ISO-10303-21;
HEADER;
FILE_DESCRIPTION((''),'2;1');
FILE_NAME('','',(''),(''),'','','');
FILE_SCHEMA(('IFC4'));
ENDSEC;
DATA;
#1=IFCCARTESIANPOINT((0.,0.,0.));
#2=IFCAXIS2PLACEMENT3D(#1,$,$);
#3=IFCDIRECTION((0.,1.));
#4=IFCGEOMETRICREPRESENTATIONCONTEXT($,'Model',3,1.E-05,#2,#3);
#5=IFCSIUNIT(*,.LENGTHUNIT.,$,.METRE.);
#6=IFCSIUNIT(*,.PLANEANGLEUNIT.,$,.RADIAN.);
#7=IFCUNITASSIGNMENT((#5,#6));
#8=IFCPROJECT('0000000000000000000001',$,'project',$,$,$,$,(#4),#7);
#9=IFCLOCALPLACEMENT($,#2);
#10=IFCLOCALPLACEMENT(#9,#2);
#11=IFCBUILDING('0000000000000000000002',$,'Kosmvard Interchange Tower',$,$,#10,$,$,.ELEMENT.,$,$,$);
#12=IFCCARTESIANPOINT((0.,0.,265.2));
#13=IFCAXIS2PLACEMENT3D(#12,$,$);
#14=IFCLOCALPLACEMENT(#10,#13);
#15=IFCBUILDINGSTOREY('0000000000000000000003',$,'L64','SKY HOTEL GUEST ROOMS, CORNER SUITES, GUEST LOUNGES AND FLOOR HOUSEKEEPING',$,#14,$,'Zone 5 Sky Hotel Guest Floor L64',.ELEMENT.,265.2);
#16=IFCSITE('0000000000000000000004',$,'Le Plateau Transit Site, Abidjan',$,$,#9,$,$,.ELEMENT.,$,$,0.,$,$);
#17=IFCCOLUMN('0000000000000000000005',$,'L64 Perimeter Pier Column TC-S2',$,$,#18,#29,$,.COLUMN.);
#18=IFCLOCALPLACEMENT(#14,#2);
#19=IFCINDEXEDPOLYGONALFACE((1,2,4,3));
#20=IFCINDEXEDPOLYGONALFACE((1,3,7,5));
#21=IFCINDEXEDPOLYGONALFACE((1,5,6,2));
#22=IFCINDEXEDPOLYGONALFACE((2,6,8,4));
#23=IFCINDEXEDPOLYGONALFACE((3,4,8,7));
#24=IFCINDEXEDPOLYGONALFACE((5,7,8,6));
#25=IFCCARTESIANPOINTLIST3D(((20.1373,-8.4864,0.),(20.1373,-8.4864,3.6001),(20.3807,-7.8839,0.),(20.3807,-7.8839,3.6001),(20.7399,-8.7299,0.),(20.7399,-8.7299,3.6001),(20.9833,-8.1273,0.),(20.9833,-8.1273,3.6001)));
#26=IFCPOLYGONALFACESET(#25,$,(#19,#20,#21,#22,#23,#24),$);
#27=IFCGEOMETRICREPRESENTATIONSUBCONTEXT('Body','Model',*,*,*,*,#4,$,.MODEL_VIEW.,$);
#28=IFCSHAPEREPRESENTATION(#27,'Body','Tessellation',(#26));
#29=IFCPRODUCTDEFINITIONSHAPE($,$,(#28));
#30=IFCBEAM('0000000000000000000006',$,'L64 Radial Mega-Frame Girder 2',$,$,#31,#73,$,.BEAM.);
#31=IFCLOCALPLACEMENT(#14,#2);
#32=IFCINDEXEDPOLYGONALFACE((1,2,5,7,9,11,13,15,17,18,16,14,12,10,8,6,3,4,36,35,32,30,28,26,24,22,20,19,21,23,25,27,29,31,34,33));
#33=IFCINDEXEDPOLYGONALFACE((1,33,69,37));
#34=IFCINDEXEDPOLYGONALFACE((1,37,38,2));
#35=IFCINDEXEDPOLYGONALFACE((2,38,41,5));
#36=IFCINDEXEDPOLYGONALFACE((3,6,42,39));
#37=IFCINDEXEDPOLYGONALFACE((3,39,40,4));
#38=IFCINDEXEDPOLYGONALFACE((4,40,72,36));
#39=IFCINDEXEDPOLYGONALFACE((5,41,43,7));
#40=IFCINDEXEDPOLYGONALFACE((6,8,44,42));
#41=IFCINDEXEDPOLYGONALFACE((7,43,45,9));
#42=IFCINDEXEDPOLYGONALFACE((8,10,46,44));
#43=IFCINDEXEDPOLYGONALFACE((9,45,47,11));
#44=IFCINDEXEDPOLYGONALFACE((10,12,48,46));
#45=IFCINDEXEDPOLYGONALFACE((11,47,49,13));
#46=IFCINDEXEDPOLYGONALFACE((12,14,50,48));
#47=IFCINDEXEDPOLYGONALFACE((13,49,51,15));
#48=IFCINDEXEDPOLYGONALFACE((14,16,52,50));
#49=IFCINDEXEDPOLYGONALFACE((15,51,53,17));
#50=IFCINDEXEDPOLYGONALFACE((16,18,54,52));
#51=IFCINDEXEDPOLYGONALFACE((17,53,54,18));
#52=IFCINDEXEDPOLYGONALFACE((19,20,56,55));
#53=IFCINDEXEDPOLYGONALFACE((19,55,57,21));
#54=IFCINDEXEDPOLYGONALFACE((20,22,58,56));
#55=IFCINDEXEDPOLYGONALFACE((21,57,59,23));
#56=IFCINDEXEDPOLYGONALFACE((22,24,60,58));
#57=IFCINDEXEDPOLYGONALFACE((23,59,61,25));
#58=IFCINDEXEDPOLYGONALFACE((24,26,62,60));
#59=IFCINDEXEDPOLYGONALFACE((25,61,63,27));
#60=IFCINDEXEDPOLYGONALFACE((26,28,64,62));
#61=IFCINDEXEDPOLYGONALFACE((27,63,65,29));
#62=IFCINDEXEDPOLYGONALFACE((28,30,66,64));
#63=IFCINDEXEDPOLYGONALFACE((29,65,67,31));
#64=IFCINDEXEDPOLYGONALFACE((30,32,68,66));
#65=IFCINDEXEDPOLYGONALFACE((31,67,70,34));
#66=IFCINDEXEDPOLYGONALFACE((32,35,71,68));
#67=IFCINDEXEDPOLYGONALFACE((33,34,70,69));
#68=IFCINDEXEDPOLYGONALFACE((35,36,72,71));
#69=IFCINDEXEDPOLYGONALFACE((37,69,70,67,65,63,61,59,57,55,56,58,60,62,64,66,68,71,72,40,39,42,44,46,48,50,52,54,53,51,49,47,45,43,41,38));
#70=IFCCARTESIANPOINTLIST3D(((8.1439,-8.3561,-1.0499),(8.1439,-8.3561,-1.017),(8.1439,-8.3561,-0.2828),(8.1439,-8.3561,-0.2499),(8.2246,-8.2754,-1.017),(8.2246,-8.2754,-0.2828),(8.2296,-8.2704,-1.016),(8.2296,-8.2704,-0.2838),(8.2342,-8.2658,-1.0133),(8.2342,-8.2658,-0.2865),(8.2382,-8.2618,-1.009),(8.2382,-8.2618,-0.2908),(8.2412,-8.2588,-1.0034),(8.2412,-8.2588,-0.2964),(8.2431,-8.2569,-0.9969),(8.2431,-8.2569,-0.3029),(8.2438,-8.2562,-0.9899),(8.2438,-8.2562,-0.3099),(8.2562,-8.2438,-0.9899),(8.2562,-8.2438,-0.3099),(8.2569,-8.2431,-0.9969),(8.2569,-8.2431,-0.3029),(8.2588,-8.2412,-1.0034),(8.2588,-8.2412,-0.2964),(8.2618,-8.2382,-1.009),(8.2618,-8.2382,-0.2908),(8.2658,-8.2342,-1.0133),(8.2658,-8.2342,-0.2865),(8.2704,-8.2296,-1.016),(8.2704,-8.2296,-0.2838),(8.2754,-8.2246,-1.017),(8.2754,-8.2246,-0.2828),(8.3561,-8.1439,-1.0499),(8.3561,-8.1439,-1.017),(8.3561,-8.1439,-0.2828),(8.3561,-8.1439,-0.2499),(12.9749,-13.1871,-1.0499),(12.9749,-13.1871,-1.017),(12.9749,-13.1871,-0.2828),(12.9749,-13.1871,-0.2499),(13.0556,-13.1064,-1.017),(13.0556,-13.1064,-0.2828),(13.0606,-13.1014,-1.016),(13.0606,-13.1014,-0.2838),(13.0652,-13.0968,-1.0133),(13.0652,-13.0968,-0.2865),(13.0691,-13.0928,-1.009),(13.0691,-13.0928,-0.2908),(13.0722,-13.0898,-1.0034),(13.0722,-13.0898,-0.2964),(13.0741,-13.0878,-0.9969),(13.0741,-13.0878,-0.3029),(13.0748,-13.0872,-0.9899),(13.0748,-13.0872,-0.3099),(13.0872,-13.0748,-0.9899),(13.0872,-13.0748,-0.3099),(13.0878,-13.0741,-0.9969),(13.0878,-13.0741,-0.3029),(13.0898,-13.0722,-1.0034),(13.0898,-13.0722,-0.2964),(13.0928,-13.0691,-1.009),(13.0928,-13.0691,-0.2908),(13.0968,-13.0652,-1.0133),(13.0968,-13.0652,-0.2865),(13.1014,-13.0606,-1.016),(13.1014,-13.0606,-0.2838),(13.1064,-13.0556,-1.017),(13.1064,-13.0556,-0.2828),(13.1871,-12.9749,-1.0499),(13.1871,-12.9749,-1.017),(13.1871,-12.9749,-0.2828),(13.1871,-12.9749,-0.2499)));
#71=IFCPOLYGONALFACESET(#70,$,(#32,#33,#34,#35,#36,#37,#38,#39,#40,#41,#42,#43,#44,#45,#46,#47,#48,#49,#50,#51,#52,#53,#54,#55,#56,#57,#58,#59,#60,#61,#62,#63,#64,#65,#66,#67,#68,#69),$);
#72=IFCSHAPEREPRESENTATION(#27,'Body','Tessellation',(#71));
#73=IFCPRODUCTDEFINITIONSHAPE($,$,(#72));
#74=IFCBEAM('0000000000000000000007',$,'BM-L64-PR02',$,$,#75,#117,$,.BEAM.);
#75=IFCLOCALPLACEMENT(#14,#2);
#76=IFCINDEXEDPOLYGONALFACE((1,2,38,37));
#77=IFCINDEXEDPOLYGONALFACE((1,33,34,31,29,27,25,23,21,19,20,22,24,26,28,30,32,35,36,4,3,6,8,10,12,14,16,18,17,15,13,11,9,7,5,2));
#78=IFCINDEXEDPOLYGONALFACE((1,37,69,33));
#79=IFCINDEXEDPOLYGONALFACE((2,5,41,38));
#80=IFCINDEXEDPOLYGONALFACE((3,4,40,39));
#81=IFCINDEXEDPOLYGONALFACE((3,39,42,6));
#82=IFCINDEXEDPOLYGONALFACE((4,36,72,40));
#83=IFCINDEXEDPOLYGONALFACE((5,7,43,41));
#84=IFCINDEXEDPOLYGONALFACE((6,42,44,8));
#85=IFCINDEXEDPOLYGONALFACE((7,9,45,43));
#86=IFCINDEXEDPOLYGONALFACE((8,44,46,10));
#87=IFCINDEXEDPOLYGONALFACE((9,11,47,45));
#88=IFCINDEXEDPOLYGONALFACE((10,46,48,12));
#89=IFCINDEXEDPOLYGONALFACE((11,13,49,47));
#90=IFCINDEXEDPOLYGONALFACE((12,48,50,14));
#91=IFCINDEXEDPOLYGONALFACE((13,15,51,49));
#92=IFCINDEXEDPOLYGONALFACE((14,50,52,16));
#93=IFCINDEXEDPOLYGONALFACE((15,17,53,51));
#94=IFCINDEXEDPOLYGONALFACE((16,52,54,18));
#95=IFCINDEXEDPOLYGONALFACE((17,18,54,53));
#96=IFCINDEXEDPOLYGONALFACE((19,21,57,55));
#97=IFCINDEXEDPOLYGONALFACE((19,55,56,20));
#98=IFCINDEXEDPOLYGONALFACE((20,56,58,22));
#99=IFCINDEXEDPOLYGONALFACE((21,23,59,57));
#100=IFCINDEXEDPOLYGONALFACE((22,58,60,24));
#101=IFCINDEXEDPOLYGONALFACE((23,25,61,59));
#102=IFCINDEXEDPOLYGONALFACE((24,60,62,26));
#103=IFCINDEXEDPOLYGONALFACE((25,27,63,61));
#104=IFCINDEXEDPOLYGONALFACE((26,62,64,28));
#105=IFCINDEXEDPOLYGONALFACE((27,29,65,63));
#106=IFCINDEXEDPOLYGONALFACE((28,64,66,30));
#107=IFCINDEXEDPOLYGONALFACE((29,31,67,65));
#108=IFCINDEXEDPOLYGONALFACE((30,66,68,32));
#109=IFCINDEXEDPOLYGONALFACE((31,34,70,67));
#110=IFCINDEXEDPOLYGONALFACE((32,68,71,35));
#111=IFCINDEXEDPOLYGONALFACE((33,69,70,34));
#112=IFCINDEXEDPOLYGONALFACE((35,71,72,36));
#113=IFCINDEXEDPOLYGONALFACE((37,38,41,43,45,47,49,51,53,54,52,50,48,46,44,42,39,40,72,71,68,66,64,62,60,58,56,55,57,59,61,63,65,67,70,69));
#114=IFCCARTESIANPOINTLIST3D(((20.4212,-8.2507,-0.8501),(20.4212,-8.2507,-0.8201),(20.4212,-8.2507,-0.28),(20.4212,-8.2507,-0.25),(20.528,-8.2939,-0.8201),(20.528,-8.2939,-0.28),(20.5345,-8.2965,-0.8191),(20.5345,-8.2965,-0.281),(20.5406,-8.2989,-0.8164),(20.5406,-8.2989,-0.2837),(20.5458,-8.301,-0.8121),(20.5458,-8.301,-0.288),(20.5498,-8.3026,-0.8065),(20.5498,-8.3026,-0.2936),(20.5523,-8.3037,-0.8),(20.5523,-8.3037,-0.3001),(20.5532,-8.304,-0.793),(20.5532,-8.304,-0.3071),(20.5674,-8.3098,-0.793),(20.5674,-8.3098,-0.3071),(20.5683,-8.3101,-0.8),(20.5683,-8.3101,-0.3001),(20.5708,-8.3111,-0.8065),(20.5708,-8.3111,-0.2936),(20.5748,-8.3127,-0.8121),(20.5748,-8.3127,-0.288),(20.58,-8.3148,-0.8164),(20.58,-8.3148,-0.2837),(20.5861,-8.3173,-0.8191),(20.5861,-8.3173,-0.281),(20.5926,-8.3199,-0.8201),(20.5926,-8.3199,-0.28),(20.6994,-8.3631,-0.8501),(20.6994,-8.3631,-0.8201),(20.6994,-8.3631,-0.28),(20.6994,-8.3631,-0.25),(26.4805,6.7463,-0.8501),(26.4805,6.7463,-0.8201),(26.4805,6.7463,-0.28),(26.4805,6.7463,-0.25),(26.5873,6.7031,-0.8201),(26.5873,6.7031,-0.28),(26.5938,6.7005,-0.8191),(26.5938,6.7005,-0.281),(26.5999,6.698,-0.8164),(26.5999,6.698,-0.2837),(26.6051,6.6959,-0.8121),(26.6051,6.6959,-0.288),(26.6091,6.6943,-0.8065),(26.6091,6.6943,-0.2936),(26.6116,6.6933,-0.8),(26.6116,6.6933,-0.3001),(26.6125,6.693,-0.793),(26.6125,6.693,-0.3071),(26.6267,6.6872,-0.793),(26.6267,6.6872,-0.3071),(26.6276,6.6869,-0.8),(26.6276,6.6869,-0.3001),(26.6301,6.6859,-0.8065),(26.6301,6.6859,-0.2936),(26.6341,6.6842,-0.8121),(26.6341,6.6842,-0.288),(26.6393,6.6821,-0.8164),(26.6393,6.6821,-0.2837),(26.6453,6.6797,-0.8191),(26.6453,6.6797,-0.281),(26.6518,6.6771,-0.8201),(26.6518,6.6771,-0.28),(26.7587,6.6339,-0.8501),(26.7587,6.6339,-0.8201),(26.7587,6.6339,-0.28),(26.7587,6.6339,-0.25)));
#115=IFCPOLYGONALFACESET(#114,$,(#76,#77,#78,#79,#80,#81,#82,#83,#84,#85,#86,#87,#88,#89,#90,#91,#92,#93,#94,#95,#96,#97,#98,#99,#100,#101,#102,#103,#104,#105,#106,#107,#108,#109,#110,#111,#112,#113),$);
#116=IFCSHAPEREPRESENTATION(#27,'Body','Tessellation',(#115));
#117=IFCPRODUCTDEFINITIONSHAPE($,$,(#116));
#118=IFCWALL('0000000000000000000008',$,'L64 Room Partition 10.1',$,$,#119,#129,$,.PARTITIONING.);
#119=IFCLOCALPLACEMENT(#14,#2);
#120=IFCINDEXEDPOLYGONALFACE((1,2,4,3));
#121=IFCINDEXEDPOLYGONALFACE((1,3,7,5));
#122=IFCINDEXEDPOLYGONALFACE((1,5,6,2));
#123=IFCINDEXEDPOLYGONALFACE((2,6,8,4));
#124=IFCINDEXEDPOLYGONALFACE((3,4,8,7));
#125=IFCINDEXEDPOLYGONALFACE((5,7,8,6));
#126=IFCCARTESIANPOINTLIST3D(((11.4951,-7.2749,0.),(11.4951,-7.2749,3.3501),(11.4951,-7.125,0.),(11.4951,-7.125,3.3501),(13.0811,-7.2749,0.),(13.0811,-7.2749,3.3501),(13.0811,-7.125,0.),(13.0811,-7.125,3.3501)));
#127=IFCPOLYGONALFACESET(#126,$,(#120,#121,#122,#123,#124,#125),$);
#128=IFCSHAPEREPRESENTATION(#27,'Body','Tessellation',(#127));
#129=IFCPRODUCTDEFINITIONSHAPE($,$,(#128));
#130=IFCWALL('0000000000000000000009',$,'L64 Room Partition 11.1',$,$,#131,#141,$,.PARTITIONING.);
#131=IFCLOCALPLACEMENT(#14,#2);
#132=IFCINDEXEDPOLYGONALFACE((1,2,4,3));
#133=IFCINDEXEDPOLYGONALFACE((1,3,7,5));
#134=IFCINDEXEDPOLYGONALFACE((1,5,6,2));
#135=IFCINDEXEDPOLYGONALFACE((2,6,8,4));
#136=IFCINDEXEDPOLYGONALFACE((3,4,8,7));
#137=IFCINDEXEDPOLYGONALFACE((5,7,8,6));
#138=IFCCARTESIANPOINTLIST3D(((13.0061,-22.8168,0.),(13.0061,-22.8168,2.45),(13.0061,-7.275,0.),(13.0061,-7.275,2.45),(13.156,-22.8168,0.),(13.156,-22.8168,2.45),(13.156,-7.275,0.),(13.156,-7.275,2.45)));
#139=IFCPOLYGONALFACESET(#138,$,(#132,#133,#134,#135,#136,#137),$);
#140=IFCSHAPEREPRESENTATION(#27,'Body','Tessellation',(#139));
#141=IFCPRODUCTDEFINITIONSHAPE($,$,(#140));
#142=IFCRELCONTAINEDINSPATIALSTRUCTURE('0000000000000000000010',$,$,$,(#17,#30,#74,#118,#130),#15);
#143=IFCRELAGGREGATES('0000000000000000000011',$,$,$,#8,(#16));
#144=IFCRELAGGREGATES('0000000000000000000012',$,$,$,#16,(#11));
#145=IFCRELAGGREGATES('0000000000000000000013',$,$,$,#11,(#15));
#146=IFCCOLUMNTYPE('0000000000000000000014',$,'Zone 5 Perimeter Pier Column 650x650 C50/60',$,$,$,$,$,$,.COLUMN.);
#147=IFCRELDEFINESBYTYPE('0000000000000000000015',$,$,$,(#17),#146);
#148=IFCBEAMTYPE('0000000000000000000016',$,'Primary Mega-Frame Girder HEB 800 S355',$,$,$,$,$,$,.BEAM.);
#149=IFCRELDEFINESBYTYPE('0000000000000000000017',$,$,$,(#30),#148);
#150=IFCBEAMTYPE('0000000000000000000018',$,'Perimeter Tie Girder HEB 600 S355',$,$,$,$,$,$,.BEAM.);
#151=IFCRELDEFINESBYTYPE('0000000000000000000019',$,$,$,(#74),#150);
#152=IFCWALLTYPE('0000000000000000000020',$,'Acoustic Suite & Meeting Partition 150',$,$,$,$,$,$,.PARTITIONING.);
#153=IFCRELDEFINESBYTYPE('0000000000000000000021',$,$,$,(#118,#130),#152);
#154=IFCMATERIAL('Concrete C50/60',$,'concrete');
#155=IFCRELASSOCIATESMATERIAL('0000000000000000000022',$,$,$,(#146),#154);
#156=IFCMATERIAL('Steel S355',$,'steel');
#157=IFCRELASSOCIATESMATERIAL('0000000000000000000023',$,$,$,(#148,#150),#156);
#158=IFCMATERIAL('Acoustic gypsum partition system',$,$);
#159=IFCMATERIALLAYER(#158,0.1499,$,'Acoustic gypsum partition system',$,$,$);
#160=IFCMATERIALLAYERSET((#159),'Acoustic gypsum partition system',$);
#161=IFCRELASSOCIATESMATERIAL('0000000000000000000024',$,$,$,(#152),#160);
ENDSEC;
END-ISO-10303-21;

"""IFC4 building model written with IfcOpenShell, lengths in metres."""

from ifc_helpers import new_model, si_unit, direction, frame, frame_2d, origin, origin_2d, place, context, subcontext, project, spatial, rectangle, i_section, extrude, source, transform, mapped, material, layer, layer_set, material_profile, profile_set, type_object, element, save


model = new_model("IFC4")

# Units and contexts
model_context = context("Model", 3, precision=1e-05, world=origin(), true_north=direction((0.0, 1.0)))
body_context = subcontext(model_context, "Body", "Model", "MODEL_VIEW")
ifc_project = project(units=[si_unit("LENGTHUNIT", "METRE"), si_unit("PLANEANGLEUNIT", "RADIAN")], contexts=[model_context])

# Site, building, storey
site_placement = place(None, origin())
site = spatial("IfcSite", under=ifc_project, at=site_placement, Name="Le Plateau Transit Site, Abidjan", CompositionType="ELEMENT", RefElevation=0.0)
building_placement = place(site_placement, origin())
building = spatial("IfcBuilding", under=site, at=building_placement, Name="Kosmvard Interchange Tower", CompositionType="ELEMENT")
storey_placement = place(building_placement, frame((0.0, 0.0, 265.2)))
storey = spatial("IfcBuildingStorey", under=building, at=storey_placement, Name="L64", Description="SKY HOTEL GUEST ROOMS, CORNER SUITES, GUEST LOUNGES AND FLOOR HOUSEKEEPING", LongName="Zone 5 Sky Hotel Guest Floor L64", CompositionType="ELEMENT", Elevation=265.2)

# Column
ifc_material_1 = material(Name="Concrete C50/60", Category="concrete")
ifc_material_profile_1 = material_profile(ifc_material_1, rectangle(XDim=0.6499, YDim=0.6499, at=origin_2d()), Name="TC 650x650")
ifc_profile_set_1 = profile_set([ifc_material_profile_1], Name="Concrete C50/60")
column_type = type_object("IfcColumnType", Name="Zone 5 Perimeter Pier Column 650x650 C50/60", PredefinedType="COLUMN", material=ifc_profile_set_1)
shared_shape_1 = source(origin(), body_context, "Body", "SweptSolid", [
    extrude(rectangle(XDim=0.6499, YDim=0.6499, at=origin_2d()), origin(), (0.0, 0.0, 1.0), 3.6001),
])
column_placement = place(storey_placement, frame((20.5603, -8.3069, 0.0), z_axis=(0.0, 0.0, 1.0), x_axis=(0.374607, 0.927184, 0.0)))
element("IfcColumn", 1, at=column_placement, inside=storey, type_object=column_type, Name="L64 Perimeter Pier Column TC-S2", PredefinedType="COLUMN", context=body_context, shape_type="MappedRepresentation", body=[
    mapped(shared_shape_1, transform((0.0, 0.0, 0.0), scale=1.0)),
])

# Beams
ifc_material_2 = material(Name="Steel S355", Category="steel")
ifc_material_profile_2 = material_profile(ifc_material_2, i_section(OverallWidth=0.3, OverallDepth=0.8, WebThickness=0.0176, FlangeThickness=0.033, FilletRadius=0.0271, at=origin_2d()), Name="HEB 800")
ifc_profile_set_2 = profile_set([ifc_material_profile_2], Name="Steel S355")
beam_type_1 = type_object("IfcBeamType", Name="Primary Mega-Frame Girder HEB 800 S355", PredefinedType="BEAM", material=ifc_profile_set_2)
shared_shape_2 = source(origin(), body_context, "Body", "SweptSolid", [
    extrude(i_section(OverallWidth=0.3, OverallDepth=0.8, WebThickness=0.0176, FlangeThickness=0.033, FilletRadius=0.0271, at=origin_2d()), origin(), (0.0, 0.0, 1.0), 6.832),
])
beam_1_placement = place(storey_placement, frame((8.25, -8.25, -0.6499), z_axis=(0.707107, -0.707107, 0.0), x_axis=(0.707107, 0.707107, 0.0)))
element("IfcBeam", 2, at=beam_1_placement, inside=storey, type_object=beam_type_1, Name="L64 Radial Mega-Frame Girder 2", PredefinedType="BEAM", context=body_context, shape_type="MappedRepresentation", body=[
    mapped(shared_shape_2, transform((0.0, 0.0, 0.0), scale=1.0)),
])
ifc_material_profile_3 = material_profile(ifc_material_2, i_section(OverallWidth=0.3, OverallDepth=0.6001, WebThickness=0.0154, FlangeThickness=0.03, FilletRadius=0.0271, at=origin_2d()), Name="HEB 600")
ifc_profile_set_3 = profile_set([ifc_material_profile_3], Name="Steel S355")
beam_type_2 = type_object("IfcBeamType", Name="Perimeter Tie Girder HEB 600 S355", PredefinedType="BEAM", material=ifc_profile_set_3)
shared_shape_3 = source(origin(), body_context, "Body", "SweptSolid", [
    extrude(i_section(OverallWidth=0.3, OverallDepth=0.6001, WebThickness=0.0154, FlangeThickness=0.03, FilletRadius=0.0271, at=origin_2d()), origin(), (0.0, 0.0, 1.0), 16.1748),
])
beam_2_placement = place(storey_placement, frame((20.5603, -8.3069, -0.55), z_axis=(0.374613, 0.927181, 0.0), x_axis=(-0.927181, 0.374613, 0.0)))
element("IfcBeam", 3, at=beam_2_placement, inside=storey, type_object=beam_type_2, Name="BM-L64-PR02", PredefinedType="BEAM", context=body_context, shape_type="MappedRepresentation", body=[
    mapped(shared_shape_3, transform((0.0, 0.0, 0.0), scale=1.0)),
])

# Walls
ifc_material_3 = material(Name="Acoustic gypsum partition system")
ifc_layer_1 = layer(ifc_material_3, 0.1499, Name="Acoustic gypsum partition system")
ifc_layer_set_1 = layer_set([ifc_layer_1], Name="Acoustic gypsum partition system")
wall_type_1 = type_object("IfcWallType", Name="Acoustic Suite & Meeting Partition 150", PredefinedType="PARTITIONING", material=ifc_layer_set_1)
wall_1_placement = place(storey_placement, frame((11.4951, -7.2, 0.0), z_axis=(0.0, 0.0, 1.0), x_axis=(1.0, 0.0, 0.0)))
element("IfcWall", 4, at=wall_1_placement, inside=storey, type_object=wall_type_1, Name="L64 Room Partition 10.1", PredefinedType="PARTITIONING", context=body_context, shape_type="SweptSolid", body=[
    extrude(rectangle(XDim=1.5859, YDim=0.1499, at=frame_2d((0.793, 0.0))), origin(), (0.0, 0.0, 1.0), 3.3501),
])
wall_2_placement = place(storey_placement, frame((13.0811, -7.2749, 0.0), z_axis=(0.0, 0.0, 1.0), x_axis=(0.0, -1.0, 0.0)))
element("IfcWall", 5, at=wall_2_placement, inside=storey, type_object=wall_type_1, Name="L64 Room Partition 11.1", PredefinedType="PARTITIONING", context=body_context, shape_type="SweptSolid", body=[
    extrude(rectangle(XDim=15.5417, YDim=0.1499, at=frame_2d((7.771, 0.0))), origin(), (0.0, 0.0, 1.0), 2.45),
])

save(model, "model.ifc")
